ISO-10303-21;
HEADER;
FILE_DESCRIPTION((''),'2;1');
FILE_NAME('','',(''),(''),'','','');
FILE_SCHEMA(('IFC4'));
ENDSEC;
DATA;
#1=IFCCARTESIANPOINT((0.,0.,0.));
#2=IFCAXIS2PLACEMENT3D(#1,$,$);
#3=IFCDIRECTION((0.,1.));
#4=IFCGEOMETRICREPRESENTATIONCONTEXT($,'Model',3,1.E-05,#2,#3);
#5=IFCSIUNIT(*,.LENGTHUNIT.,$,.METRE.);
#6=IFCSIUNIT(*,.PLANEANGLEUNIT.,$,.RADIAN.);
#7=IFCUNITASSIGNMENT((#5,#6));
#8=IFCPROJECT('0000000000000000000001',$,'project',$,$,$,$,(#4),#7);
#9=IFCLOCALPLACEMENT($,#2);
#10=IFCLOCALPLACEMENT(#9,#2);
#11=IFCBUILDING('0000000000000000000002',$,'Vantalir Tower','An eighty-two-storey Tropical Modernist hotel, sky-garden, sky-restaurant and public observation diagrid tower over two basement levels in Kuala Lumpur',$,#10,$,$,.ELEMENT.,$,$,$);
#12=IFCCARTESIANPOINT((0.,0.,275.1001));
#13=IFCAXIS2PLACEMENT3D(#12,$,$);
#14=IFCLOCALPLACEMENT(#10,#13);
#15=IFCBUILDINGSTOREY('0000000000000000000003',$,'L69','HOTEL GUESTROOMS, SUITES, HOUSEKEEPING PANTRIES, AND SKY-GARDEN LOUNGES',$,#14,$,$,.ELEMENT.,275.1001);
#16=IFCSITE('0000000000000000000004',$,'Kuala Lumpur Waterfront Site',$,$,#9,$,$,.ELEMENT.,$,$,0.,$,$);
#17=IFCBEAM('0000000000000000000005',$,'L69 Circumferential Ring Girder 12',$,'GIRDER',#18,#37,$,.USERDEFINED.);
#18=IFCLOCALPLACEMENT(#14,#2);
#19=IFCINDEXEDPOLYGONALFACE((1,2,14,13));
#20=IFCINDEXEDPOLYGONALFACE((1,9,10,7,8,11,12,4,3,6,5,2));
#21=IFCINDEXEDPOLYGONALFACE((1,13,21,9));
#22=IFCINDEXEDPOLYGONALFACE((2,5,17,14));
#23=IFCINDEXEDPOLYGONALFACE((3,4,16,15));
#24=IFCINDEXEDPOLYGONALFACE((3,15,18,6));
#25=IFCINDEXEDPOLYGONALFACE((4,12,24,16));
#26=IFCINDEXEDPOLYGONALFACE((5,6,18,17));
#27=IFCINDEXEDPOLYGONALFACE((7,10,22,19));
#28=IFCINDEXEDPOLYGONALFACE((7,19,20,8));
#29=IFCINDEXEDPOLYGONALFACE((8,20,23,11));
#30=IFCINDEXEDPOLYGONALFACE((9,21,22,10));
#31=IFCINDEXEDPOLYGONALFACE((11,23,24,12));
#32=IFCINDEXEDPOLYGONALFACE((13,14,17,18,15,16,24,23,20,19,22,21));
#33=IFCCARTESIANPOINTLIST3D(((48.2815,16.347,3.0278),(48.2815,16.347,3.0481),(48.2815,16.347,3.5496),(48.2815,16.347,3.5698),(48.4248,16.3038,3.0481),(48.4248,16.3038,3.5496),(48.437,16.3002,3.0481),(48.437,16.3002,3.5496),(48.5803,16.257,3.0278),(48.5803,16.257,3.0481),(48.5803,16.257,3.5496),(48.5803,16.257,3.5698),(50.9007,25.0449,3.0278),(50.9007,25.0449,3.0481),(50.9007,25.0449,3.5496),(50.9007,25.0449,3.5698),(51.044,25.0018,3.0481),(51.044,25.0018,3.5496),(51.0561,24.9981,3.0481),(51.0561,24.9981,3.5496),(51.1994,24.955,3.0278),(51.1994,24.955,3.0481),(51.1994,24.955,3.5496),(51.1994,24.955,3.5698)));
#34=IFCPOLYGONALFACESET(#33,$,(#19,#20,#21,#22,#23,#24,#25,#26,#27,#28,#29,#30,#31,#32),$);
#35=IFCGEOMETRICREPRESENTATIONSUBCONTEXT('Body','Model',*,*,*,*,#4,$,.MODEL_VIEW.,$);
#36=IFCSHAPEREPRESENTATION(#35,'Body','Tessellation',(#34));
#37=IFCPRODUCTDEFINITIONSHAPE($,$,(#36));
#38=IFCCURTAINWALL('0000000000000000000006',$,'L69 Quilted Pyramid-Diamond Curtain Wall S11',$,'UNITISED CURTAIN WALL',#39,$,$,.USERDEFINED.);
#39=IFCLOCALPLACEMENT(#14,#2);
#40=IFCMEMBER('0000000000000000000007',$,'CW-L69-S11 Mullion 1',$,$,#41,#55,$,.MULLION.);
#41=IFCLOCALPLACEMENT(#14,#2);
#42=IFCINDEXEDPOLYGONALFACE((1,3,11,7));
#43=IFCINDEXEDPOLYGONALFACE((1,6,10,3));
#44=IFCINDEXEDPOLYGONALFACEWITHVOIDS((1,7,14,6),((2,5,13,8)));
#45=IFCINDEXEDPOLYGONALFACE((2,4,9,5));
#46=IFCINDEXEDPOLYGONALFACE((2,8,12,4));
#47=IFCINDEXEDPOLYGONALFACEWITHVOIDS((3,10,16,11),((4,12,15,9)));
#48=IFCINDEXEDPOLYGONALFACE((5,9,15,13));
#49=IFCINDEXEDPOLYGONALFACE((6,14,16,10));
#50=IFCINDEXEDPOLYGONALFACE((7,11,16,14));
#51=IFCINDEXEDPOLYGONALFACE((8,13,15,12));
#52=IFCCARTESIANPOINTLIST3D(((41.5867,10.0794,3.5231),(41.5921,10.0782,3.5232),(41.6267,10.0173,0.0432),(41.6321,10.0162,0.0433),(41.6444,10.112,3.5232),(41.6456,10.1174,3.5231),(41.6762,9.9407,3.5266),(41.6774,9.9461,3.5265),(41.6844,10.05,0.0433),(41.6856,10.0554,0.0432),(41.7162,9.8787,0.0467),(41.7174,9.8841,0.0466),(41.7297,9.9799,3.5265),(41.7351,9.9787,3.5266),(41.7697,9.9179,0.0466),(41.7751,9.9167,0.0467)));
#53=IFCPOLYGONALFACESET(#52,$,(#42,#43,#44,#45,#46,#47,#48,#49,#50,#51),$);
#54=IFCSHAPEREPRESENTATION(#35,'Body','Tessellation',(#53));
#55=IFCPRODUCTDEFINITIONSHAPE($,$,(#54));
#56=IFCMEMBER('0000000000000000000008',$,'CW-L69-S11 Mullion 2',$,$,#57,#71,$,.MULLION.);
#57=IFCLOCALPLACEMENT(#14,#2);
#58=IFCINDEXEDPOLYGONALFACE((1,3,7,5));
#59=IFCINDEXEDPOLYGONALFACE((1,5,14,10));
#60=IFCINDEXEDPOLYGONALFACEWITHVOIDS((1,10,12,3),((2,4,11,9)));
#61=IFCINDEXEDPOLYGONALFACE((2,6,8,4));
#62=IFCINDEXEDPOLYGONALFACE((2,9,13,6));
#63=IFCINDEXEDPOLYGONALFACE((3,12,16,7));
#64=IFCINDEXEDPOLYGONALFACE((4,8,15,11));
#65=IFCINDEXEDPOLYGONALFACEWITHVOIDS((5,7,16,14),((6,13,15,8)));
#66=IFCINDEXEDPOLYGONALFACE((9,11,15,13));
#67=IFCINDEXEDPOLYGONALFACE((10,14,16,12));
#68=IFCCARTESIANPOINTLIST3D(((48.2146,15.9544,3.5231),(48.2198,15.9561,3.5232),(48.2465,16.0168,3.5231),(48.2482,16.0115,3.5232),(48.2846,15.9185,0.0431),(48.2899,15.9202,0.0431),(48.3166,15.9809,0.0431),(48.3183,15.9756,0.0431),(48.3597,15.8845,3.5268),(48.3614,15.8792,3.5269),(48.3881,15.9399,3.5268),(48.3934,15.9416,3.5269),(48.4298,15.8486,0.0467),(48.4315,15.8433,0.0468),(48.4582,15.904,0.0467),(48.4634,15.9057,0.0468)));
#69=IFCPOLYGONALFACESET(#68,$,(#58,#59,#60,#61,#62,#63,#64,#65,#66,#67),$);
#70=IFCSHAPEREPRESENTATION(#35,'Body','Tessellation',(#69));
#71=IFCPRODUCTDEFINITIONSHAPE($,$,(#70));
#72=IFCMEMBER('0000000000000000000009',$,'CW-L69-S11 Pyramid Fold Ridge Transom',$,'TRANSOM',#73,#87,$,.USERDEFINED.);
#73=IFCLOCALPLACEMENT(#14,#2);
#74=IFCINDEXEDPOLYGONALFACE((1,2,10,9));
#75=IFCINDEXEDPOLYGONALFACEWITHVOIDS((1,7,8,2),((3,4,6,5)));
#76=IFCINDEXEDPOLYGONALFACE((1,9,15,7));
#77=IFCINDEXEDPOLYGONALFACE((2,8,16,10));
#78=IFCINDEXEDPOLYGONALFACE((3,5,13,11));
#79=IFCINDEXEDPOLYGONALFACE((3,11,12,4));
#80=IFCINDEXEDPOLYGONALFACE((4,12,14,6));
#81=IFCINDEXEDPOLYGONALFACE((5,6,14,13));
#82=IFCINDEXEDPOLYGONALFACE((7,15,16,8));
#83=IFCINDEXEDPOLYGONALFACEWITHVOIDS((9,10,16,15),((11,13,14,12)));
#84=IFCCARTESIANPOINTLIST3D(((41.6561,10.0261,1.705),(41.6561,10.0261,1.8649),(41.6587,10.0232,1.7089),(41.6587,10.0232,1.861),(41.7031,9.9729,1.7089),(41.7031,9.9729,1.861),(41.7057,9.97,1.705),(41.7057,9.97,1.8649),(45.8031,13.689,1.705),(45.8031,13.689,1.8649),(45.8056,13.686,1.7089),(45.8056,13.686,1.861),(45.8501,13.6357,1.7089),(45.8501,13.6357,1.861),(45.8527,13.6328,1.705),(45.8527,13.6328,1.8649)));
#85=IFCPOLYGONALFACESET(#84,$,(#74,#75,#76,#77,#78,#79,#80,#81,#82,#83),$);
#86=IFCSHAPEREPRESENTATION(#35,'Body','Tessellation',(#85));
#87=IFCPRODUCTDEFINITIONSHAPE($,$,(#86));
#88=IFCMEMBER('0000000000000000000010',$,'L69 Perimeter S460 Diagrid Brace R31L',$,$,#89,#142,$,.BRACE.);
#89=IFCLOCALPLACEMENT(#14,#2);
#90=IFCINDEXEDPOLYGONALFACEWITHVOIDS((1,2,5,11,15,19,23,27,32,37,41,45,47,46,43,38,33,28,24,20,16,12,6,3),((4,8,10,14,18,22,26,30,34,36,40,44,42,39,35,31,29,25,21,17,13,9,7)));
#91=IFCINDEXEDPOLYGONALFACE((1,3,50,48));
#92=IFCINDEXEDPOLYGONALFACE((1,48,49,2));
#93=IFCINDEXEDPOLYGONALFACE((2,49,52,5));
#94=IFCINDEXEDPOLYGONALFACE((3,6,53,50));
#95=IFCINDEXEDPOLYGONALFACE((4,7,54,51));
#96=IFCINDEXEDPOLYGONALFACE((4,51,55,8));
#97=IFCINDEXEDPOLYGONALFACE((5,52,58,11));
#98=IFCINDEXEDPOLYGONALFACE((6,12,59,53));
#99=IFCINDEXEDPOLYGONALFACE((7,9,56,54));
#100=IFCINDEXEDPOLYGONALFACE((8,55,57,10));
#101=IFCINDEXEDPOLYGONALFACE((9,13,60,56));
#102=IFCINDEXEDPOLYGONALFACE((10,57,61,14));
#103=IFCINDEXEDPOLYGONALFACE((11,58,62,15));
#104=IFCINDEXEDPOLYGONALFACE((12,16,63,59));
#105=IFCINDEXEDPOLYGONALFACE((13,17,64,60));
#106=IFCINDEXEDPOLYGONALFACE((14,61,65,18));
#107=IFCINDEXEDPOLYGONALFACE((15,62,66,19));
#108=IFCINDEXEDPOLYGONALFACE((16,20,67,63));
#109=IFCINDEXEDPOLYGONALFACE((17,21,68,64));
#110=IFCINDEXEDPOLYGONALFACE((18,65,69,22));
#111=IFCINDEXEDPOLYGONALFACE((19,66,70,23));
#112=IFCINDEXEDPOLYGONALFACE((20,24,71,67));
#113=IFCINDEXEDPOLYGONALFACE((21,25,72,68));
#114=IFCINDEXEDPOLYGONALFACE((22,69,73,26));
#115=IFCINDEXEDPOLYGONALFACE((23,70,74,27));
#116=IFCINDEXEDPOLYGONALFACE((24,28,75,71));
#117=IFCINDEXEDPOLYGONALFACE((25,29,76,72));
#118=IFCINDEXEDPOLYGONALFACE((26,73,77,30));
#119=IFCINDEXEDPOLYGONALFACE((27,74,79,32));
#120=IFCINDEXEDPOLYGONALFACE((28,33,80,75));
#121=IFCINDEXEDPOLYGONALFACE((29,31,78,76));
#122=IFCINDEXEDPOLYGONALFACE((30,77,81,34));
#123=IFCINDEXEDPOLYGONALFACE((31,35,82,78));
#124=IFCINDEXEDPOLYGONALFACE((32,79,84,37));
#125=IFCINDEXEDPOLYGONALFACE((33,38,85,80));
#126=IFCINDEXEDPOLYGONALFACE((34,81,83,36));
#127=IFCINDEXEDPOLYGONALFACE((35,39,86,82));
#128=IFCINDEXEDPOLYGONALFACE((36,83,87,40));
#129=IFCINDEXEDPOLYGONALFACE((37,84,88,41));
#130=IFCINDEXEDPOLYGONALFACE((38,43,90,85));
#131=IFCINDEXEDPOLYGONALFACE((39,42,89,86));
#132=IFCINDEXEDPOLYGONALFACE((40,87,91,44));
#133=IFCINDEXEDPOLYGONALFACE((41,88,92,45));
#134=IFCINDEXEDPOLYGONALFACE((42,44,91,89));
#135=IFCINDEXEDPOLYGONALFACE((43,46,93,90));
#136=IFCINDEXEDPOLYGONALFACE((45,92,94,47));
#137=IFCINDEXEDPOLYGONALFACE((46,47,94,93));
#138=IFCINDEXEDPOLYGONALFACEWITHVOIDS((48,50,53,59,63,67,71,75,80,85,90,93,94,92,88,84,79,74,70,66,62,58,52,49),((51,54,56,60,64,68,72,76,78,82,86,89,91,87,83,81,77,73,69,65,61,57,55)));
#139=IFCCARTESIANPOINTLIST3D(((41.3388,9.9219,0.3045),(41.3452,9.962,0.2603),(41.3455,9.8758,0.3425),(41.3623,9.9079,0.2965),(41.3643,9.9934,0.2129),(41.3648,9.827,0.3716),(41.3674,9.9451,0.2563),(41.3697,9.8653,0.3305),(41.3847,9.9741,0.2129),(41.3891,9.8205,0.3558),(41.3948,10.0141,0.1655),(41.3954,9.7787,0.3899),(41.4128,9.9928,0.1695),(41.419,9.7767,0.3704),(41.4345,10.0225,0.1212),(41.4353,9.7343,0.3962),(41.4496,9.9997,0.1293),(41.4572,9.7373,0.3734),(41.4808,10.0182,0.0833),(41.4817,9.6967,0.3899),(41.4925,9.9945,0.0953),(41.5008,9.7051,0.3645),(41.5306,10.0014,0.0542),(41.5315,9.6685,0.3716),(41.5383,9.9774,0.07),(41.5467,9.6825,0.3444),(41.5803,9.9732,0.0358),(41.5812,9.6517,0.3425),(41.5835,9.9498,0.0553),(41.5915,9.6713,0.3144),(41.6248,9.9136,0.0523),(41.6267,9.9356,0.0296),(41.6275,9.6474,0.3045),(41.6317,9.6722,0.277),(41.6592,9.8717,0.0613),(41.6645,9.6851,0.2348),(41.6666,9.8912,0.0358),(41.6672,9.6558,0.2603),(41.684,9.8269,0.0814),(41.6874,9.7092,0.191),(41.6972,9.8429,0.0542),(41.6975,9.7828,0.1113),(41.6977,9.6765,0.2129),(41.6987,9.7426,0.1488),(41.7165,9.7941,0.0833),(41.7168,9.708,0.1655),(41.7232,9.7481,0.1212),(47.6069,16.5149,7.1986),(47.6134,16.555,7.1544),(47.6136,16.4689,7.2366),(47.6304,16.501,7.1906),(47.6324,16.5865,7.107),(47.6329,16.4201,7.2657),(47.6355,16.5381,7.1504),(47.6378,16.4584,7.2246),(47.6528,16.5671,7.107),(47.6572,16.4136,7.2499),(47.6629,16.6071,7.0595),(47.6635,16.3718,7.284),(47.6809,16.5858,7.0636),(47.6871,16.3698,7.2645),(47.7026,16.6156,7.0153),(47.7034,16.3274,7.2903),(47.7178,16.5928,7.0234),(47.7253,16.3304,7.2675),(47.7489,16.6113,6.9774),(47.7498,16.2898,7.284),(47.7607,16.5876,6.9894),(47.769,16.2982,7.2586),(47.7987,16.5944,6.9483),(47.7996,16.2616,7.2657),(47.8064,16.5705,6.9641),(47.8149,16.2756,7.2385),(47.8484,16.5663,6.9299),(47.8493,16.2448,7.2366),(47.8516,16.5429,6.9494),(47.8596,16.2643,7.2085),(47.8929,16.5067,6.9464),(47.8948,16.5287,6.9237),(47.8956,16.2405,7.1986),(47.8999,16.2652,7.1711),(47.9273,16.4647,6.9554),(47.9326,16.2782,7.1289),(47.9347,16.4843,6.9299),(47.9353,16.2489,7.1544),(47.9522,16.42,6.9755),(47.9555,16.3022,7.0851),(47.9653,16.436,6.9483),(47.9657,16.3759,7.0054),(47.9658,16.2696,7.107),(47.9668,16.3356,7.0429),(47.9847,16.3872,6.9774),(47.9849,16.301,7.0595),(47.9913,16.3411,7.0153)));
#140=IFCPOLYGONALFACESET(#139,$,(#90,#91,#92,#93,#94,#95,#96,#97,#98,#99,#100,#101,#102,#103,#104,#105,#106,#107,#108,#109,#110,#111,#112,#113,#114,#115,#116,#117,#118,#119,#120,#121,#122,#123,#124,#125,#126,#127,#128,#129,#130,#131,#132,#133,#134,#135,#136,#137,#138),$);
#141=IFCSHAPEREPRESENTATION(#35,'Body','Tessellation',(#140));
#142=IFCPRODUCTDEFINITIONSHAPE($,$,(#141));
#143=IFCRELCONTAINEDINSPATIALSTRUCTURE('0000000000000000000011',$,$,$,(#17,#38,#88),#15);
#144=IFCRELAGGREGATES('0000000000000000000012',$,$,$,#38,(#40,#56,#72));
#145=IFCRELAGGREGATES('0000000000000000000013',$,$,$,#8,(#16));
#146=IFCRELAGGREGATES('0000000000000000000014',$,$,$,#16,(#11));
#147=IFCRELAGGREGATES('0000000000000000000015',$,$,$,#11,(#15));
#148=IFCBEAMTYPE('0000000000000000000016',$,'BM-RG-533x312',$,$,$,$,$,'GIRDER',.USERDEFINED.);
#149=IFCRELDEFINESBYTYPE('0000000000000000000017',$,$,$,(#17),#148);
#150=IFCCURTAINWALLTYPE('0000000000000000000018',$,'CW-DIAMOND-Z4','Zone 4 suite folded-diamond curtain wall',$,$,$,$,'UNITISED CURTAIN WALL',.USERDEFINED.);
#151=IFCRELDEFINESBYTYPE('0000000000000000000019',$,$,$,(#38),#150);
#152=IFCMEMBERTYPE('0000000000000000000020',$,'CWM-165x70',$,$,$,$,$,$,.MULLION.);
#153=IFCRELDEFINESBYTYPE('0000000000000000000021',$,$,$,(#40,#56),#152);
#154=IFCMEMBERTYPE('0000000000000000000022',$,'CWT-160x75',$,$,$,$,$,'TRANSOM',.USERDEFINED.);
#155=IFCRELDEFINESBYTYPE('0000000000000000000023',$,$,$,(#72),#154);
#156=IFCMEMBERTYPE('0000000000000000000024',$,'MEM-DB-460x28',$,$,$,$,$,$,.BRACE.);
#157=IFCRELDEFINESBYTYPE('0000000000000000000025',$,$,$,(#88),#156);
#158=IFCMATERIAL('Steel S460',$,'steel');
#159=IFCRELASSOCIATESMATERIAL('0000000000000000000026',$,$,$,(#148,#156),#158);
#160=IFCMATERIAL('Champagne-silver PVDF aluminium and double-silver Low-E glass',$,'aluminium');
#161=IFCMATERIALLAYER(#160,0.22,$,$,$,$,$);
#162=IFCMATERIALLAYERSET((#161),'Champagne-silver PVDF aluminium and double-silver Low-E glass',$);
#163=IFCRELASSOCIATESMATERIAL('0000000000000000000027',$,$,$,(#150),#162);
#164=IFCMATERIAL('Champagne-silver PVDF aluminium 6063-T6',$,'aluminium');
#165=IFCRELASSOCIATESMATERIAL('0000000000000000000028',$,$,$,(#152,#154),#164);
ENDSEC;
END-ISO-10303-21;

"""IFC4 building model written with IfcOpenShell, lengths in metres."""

from ifc_helpers import new_model, si_unit, direction, frame, origin, origin_2d, place, context, subcontext, project, spatial, hollow_rectangle, hollow_circle, i_section, extrude, material, layer, layer_set, material_profile, profile_set, type_object, element, aggregate, save


model = new_model("IFC4")

# Units and contexts
model_context = context("Model", 3, precision=1e-05, world=origin(), true_north=direction((0.0, 1.0)))
body_context = subcontext(model_context, "Body", "Model", "MODEL_VIEW")
ifc_project = project(units=[si_unit("LENGTHUNIT", "METRE"), si_unit("PLANEANGLEUNIT", "RADIAN")], contexts=[model_context])

# Site, building, storey
site_placement = place(None, origin())
site = spatial("IfcSite", under=ifc_project, at=site_placement, Name="Kuala Lumpur Waterfront Site", CompositionType="ELEMENT", RefElevation=0.0)
building_placement = place(site_placement, origin())
building = spatial("IfcBuilding", under=site, at=building_placement, Name="Vantalir Tower", Description="An eighty-two-storey Tropical Modernist hotel, sky-garden, sky-restaurant and public observation diagrid tower over two basement levels in Kuala Lumpur", CompositionType="ELEMENT")
storey_placement = place(building_placement, frame((0.0, 0.0, 275.1001)))
storey = spatial("IfcBuildingStorey", under=building, at=storey_placement, Name="L69", Description="HOTEL GUESTROOMS, SUITES, HOUSEKEEPING PANTRIES, AND SKY-GARDEN LOUNGES", CompositionType="ELEMENT", Elevation=275.1001)

# Shared definitions
ifc_material_1 = material(Name="Steel S460", Category="steel")

# Beam
ifc_material_profile_1 = material_profile(ifc_material_1, i_section(OverallWidth=0.312, OverallDepth=0.542, WebThickness=0.0127, FlangeThickness=0.0203, at=origin_2d()), Name="Steel S460")
ifc_profile_set_1 = profile_set([ifc_material_profile_1], Name="Steel S460")
beam_type_1 = type_object("IfcBeamType", Name="BM-RG-533x312", ElementType="GIRDER", PredefinedType="USERDEFINED", material=ifc_profile_set_1)
beam_1_placement = place(storey_placement, frame((48.4309, 16.302, 3.2988), z_axis=(0.288332, 0.957531, 0.0), x_axis=(-0.957531, 0.288332, 0.0)))
element("IfcBeam", 1, at=beam_1_placement, inside=storey, type_object=beam_type_1, Name="L69 Circumferential Ring Girder 12", ObjectType="GIRDER", PredefinedType="USERDEFINED", context=body_context, shape_type="SweptSolid", body=[
    extrude(i_section(OverallWidth=0.312, OverallDepth=0.542, WebThickness=0.0127, FlangeThickness=0.0203, at=origin_2d()), origin(), (0.0, 0.0, 1.0), 9.0837),
])

# Curtain wall, members
ifc_material_2 = material(Name="Champagne-silver PVDF aluminium and double-silver Low-E glass", Category="aluminium")
ifc_layer_1 = layer(ifc_material_2, 0.22)
ifc_layer_set_1 = layer_set([ifc_layer_1], Name="Champagne-silver PVDF aluminium and double-silver Low-E glass")
curtain_wall_type = type_object("IfcCurtainWallType", Name="CW-DIAMOND-Z4", Description="Zone 4 suite folded-diamond curtain wall", ElementType="UNITISED CURTAIN WALL", PredefinedType="USERDEFINED", material=ifc_layer_set_1)
curtain_wall_placement = place(storey_placement, origin())
curtain_wall = element("IfcCurtainWall", 2, at=curtain_wall_placement, inside=storey, type_object=curtain_wall_type, Name="L69 Quilted Pyramid-Diamond Curtain Wall S11", ObjectType="UNITISED CURTAIN WALL", PredefinedType="USERDEFINED")
ifc_material_3 = material(Name="Champagne-silver PVDF aluminium 6063-T6", Category="aluminium")
ifc_material_profile_2 = material_profile(ifc_material_3, hollow_rectangle(XDim=0.0701, YDim=0.165, WallThickness=0.0039, at=origin_2d()), Name="Champagne-silver PVDF aluminium 6063-T6")
ifc_profile_set_2 = profile_set([ifc_material_profile_2], Name="Champagne-silver PVDF aluminium 6063-T6")
member_type_1 = type_object("IfcMemberType", Name="CWM-165x70", PredefinedType="MULLION", material=ifc_profile_set_2)
member_1_placement = place(storey_placement, frame((41.7009, 9.967, 0.0449), z_axis=(-0.011503, 0.017816, 0.999775), x_axis=(-0.840102, -0.542428, 0.0)))
member_1 = element("IfcMember", 3, at=member_1_placement, type_object=member_type_1, Name="CW-L69-S11 Mullion 1", PredefinedType="MULLION", context=body_context, shape_type="SweptSolid", body=[
    extrude(hollow_rectangle(XDim=0.0701, YDim=0.165, WallThickness=0.0039, at=origin_2d()), origin(), (0.0, 0.0, 1.0), 3.4807),
])
member_2_placement = place(storey_placement, frame((48.374, 15.9121, 0.0449), z_axis=(-0.02013, 0.01031, 0.999744), x_axis=(-0.455876, -0.890043, 0.0)))
member_2 = element("IfcMember", 4, at=member_2_placement, type_object=member_type_1, Name="CW-L69-S11 Mullion 2", PredefinedType="MULLION", context=body_context, shape_type="SweptSolid", body=[
    extrude(hollow_rectangle(XDim=0.0701, YDim=0.165, WallThickness=0.0039, at=origin_2d()), origin(), (0.0, 0.0, 1.0), 3.481),
])
ifc_material_profile_3 = material_profile(ifc_material_3, hollow_rectangle(XDim=0.075, YDim=0.1599, WallThickness=0.0039, at=origin_2d()), Name="Champagne-silver PVDF aluminium 6063-T6")
ifc_profile_set_3 = profile_set([ifc_material_profile_3], Name="Champagne-silver PVDF aluminium 6063-T6")
member_type_2 = type_object("IfcMemberType", Name="CWT-160x75", ElementType="TRANSOM", PredefinedType="USERDEFINED", material=ifc_profile_set_3)
member_3_placement = place(storey_placement, frame((41.6809, 9.998, 1.7849), z_axis=(0.749502, 0.662002, 0.0), x_axis=(-0.662002, 0.749502, 0.0)))
member_3 = element("IfcMember", 5, at=member_3_placement, type_object=member_type_2, Name="CW-L69-S11 Pyramid Fold Ridge Transom", ObjectType="TRANSOM", PredefinedType="USERDEFINED", context=body_context, shape_type="SweptSolid", body=[
    extrude(hollow_rectangle(XDim=0.075, YDim=0.1599, WallThickness=0.0039, at=origin_2d()), origin(), (0.0, 0.0, 1.0), 5.533),
])

# Member
ifc_material_profile_4 = material_profile(ifc_material_1, hollow_circle(Radius=0.23, WallThickness=0.0281, at=origin_2d()), Name="Steel S460")
ifc_profile_set_4 = profile_set([ifc_material_profile_4], Name="Steel S460")
member_type_3 = type_object("IfcMemberType", Name="MEM-DB-460x28", PredefinedType="BRACE", material=ifc_profile_set_4)
member_4_placement = place(storey_placement, frame((41.531, 9.835, 0.2129), z_axis=(0.549146, 0.577614, 0.603987), x_axis=(-0.724741, 0.689021, 0.0)))
element("IfcMember", 6, at=member_4_placement, inside=storey, type_object=member_type_3, Name="L69 Perimeter S460 Diagrid Brace R31L", PredefinedType="BRACE", context=body_context, shape_type="SweptSolid", body=[
    extrude(hollow_circle(Radius=0.23, WallThickness=0.0281, at=origin_2d()), origin(), (0.0, 0.0, 1.0), 11.4143),
])

aggregate(curtain_wall, [member_1, member_2, member_3])

save(model, "model.ifc")
